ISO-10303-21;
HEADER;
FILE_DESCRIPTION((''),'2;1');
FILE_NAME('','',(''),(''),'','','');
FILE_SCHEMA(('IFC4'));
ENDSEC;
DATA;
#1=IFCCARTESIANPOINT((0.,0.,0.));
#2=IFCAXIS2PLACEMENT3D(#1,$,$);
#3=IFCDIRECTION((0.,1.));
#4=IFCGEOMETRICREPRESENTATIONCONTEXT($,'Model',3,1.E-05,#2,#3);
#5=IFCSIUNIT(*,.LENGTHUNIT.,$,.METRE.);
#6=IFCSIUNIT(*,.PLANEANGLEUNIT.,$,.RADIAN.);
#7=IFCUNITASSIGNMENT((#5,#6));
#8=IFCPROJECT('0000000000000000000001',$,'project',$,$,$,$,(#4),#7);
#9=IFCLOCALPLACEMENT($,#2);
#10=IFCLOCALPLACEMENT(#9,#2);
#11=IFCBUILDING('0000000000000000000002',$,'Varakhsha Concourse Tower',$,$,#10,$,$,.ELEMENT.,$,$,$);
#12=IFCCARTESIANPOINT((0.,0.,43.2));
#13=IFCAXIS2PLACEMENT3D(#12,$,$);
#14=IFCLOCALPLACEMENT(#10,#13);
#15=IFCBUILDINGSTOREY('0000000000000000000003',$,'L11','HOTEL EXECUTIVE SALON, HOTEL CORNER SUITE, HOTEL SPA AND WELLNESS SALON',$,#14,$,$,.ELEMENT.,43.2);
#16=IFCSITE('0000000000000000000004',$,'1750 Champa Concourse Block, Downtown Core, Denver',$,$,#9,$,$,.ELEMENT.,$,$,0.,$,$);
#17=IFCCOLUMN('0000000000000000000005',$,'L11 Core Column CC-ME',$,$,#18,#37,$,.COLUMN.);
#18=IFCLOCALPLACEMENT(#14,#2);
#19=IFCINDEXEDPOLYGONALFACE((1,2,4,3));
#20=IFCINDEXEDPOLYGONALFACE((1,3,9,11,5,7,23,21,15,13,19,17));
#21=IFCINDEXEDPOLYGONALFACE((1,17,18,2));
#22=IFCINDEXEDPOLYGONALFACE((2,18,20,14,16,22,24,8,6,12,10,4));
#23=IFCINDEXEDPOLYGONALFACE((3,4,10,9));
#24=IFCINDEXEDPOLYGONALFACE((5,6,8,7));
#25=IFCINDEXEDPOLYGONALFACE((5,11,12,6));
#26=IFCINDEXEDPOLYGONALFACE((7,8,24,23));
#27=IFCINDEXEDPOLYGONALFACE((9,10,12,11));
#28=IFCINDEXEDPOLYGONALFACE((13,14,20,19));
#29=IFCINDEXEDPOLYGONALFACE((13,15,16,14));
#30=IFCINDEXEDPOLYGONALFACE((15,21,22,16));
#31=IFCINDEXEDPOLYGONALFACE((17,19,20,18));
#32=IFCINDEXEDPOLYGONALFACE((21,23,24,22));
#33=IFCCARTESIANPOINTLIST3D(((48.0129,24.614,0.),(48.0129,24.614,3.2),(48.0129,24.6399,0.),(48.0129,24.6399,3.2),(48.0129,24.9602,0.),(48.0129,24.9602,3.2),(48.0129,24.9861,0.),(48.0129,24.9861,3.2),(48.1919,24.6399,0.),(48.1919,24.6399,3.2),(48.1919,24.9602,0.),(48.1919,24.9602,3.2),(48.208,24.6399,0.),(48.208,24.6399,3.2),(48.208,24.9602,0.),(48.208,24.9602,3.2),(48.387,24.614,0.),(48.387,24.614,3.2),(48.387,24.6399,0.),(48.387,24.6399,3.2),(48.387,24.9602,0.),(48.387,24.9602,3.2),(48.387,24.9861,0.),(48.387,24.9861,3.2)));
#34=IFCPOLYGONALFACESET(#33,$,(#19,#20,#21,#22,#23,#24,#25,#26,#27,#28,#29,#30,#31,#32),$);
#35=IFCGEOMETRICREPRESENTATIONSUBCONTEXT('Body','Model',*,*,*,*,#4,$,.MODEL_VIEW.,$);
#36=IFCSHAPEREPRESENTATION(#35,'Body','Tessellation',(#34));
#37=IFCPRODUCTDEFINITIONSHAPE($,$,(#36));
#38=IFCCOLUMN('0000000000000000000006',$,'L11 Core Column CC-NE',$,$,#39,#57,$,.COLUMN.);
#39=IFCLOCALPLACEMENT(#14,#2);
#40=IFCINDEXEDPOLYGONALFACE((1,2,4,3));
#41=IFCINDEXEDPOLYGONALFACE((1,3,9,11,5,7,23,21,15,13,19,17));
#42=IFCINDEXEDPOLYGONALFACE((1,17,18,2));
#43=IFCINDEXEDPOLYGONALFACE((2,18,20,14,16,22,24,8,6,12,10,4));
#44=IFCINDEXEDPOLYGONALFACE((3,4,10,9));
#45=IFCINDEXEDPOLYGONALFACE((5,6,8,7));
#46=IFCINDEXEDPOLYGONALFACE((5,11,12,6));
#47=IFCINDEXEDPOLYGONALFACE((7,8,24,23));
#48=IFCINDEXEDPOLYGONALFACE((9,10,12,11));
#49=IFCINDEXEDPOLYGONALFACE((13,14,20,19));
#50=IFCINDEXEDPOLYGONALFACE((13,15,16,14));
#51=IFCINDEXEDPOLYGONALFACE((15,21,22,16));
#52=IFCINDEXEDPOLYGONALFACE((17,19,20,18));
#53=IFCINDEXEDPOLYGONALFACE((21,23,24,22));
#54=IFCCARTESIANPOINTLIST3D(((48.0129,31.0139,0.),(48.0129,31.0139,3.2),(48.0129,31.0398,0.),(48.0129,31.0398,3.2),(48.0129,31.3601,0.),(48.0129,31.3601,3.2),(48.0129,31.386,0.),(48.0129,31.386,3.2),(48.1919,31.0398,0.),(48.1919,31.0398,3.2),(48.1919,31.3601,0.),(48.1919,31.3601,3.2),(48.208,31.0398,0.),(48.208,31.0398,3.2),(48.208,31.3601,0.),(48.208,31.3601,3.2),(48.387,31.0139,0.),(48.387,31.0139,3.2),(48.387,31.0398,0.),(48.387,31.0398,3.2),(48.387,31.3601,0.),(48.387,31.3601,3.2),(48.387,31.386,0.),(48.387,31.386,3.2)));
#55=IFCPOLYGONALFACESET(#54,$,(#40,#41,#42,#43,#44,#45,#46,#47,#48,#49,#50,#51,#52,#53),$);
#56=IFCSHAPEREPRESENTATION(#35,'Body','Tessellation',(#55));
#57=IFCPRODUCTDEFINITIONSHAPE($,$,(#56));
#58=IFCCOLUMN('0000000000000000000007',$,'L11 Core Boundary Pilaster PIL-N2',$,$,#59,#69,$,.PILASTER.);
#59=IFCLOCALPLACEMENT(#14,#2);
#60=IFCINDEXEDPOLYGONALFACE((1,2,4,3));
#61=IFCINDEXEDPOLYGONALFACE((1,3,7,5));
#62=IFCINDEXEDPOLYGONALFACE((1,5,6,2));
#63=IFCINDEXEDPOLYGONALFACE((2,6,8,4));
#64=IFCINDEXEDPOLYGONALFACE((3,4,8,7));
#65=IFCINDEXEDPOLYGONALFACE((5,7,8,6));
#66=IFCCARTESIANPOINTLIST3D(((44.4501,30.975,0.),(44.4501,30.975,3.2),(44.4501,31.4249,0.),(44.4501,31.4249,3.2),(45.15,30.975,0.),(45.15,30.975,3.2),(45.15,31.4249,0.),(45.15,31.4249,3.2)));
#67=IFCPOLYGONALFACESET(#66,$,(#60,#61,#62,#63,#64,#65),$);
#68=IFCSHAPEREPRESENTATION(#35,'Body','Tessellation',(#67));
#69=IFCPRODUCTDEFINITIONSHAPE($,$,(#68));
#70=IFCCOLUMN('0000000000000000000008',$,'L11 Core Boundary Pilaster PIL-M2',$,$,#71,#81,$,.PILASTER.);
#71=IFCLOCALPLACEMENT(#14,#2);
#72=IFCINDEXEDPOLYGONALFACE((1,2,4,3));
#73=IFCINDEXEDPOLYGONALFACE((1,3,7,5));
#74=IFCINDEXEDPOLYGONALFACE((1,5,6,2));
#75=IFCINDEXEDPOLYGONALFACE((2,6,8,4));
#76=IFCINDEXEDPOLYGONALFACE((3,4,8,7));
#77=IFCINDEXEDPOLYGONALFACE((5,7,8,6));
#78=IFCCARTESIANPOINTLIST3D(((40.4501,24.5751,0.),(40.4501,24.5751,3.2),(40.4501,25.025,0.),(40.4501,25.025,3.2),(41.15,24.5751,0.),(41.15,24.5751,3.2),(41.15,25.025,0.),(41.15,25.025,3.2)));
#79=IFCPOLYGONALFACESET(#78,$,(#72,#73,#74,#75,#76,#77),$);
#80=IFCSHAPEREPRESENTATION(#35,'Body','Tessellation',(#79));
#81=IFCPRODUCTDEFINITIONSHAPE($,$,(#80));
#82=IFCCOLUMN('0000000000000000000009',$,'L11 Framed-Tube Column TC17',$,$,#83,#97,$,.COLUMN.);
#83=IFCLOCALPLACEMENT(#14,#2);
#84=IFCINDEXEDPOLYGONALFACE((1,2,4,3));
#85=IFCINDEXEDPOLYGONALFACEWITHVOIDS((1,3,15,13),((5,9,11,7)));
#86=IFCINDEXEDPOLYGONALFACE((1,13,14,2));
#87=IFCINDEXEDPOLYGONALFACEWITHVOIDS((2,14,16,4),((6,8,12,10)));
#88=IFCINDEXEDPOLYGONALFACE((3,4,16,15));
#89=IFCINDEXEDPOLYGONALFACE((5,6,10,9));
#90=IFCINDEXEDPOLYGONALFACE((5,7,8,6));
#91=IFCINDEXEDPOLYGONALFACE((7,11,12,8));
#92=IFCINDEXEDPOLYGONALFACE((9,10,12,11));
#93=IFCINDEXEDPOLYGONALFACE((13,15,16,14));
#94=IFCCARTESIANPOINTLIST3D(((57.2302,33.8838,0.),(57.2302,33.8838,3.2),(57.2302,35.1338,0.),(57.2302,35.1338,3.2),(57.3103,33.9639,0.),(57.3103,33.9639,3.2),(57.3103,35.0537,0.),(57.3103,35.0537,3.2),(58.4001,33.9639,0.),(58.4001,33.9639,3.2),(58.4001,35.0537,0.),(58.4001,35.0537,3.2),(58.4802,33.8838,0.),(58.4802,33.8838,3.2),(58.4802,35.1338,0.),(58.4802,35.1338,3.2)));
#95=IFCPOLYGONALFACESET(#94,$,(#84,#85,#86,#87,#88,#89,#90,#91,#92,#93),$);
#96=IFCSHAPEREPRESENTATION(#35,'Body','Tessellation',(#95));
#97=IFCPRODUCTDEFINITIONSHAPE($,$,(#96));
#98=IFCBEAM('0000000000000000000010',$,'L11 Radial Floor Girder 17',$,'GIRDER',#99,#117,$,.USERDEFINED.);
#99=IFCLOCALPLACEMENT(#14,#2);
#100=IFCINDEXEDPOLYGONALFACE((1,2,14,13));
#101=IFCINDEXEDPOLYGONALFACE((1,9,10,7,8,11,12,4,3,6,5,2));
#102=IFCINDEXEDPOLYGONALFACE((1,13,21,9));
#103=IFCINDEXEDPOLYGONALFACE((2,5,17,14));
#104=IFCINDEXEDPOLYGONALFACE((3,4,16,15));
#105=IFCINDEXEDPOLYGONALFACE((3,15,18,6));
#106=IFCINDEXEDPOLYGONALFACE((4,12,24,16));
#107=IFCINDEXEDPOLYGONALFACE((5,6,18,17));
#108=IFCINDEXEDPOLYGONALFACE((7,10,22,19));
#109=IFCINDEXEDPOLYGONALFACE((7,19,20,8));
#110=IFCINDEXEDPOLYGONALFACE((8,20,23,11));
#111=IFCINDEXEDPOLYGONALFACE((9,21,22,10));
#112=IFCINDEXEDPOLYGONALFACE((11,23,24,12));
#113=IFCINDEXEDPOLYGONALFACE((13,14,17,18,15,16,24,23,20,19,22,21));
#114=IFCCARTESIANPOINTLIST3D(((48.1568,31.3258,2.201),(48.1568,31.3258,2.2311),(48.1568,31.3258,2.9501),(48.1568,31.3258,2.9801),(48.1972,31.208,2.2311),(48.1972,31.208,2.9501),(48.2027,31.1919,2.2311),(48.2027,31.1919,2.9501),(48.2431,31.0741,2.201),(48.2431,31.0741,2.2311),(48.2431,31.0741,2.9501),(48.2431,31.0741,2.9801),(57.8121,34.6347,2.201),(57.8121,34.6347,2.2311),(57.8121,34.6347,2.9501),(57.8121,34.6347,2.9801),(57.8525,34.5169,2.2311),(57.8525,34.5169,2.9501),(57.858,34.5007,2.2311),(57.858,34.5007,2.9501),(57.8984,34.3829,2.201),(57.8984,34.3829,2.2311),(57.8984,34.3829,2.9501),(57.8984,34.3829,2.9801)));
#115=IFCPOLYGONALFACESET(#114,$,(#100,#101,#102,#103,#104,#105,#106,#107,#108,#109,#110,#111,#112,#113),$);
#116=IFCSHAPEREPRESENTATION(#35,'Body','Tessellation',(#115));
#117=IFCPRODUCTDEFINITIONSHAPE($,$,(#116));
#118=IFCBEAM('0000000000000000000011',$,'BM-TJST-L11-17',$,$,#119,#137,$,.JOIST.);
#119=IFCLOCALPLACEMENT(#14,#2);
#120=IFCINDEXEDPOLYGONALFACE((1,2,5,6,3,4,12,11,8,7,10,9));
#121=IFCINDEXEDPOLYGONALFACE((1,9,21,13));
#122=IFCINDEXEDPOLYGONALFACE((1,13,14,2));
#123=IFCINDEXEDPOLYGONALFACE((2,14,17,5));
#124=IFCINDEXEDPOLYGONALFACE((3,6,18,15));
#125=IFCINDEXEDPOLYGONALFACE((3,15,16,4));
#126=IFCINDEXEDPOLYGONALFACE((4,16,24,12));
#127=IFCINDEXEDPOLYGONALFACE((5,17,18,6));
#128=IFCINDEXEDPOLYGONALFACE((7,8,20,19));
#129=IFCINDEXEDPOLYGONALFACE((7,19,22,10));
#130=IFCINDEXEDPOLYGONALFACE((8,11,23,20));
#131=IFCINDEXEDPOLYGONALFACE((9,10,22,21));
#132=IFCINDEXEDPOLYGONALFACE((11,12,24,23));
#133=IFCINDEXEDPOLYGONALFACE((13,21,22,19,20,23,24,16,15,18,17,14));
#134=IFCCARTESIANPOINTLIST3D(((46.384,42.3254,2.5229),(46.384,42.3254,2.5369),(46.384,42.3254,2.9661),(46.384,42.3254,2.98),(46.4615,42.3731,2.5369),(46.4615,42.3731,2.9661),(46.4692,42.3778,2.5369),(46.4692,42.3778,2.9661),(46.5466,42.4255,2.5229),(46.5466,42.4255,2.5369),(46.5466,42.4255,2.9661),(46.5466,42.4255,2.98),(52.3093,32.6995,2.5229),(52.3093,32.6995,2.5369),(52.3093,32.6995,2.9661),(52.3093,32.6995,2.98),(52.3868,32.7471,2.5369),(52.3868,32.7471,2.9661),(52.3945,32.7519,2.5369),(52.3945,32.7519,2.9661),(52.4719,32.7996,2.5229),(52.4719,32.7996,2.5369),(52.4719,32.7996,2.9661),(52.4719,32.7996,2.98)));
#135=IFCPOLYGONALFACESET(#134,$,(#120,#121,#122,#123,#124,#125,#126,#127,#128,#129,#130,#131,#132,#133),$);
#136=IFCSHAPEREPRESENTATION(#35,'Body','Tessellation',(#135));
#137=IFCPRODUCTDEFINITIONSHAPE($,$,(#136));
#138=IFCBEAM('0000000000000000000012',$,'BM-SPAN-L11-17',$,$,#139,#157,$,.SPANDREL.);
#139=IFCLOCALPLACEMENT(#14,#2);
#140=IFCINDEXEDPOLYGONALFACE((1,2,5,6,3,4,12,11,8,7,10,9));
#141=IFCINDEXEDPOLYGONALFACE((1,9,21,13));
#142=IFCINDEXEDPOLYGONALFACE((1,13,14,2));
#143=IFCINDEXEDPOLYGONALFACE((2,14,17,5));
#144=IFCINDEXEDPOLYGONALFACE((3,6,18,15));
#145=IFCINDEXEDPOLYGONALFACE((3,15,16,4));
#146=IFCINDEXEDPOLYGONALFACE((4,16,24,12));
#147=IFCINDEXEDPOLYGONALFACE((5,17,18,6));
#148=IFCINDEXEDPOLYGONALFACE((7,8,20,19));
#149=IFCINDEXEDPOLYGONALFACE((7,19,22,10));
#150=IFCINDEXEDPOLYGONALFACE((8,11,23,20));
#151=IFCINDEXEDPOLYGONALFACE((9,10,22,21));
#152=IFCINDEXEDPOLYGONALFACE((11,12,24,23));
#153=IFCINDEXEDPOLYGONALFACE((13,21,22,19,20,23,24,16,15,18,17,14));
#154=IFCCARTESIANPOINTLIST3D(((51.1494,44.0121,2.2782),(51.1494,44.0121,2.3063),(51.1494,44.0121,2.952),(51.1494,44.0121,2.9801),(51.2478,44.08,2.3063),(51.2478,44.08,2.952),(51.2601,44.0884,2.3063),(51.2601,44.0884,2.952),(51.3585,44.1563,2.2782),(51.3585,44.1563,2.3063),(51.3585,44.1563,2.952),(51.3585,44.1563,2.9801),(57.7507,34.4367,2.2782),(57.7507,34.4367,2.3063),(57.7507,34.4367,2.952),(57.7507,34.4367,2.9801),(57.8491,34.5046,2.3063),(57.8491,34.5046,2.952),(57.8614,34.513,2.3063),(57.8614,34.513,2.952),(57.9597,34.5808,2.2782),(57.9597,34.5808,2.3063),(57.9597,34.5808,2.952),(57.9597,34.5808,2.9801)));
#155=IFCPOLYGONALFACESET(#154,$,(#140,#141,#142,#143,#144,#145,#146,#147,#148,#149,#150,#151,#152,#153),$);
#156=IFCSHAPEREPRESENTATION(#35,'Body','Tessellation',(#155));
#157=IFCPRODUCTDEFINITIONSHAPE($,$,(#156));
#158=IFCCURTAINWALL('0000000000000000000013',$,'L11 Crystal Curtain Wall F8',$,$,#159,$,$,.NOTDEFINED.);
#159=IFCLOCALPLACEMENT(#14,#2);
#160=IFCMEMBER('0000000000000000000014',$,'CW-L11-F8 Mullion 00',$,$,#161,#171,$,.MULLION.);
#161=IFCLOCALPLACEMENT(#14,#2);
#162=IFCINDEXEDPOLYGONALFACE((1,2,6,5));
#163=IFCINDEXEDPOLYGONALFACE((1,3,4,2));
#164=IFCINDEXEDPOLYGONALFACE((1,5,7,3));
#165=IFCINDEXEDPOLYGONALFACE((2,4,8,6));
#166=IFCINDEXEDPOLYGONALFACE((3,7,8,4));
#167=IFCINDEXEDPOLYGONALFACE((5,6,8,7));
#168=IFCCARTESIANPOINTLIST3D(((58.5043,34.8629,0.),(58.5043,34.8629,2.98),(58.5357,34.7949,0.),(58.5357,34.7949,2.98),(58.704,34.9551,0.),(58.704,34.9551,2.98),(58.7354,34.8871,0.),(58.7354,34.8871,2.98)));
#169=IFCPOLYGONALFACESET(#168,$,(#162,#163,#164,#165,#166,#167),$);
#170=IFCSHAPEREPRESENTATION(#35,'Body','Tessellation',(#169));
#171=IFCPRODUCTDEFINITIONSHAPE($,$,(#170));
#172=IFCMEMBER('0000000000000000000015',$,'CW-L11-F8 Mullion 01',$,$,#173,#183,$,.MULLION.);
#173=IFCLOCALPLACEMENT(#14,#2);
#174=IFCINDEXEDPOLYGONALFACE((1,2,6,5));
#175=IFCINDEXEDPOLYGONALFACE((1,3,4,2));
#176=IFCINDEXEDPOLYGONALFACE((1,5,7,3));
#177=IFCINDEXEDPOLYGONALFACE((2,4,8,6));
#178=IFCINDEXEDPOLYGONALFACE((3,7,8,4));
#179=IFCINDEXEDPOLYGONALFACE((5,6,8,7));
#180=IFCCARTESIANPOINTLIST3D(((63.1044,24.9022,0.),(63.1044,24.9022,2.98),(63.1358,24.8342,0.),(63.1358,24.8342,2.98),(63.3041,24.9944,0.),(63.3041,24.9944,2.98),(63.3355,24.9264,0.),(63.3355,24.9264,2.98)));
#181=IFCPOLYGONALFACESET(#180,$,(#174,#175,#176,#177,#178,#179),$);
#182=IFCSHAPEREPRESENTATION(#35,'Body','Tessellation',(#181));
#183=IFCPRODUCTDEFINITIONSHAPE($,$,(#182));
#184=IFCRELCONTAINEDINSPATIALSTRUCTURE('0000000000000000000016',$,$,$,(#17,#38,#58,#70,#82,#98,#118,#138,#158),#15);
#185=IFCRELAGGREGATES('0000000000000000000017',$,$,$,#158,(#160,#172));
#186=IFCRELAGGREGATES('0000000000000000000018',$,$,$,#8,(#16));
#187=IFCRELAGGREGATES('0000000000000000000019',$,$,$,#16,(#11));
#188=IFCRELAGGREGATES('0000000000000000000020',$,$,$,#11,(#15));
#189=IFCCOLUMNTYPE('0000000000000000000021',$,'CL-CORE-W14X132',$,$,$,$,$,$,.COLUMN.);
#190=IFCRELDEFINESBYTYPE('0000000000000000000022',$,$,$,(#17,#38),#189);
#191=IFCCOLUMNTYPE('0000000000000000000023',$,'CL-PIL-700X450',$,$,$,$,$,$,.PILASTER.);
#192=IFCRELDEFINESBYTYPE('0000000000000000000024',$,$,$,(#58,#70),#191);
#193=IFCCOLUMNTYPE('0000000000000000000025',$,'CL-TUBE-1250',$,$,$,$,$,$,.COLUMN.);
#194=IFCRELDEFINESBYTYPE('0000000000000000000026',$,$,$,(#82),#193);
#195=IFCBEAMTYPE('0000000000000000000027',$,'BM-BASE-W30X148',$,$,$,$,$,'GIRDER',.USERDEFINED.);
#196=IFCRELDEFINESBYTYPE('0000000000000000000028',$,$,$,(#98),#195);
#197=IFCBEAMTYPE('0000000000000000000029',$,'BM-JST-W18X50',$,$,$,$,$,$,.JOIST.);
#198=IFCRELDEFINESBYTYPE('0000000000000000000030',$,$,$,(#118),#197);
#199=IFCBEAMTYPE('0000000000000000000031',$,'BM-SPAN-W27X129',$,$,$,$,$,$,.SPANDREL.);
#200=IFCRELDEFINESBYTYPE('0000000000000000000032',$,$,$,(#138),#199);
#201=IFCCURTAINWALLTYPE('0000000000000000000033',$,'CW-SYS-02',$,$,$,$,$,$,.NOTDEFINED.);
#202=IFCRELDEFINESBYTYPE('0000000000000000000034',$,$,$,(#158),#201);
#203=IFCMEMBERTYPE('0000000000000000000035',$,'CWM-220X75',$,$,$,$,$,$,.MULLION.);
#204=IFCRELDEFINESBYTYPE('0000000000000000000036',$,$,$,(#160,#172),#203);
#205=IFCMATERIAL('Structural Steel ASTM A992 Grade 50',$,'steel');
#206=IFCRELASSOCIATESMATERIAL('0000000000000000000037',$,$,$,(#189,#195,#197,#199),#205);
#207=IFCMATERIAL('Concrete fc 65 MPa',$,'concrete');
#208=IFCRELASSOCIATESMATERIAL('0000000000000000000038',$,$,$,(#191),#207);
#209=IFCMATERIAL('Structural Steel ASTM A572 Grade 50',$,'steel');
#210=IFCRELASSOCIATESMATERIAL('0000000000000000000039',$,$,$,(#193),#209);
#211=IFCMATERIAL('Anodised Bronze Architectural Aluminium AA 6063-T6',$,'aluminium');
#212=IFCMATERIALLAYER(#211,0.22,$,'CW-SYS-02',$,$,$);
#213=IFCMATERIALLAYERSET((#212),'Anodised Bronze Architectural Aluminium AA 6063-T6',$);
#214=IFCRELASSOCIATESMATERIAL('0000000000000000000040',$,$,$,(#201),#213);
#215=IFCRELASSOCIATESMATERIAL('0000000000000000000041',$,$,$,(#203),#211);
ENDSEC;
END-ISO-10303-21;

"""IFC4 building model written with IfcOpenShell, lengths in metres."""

from ifc_helpers import new_model, si_unit, direction, frame, origin, origin_2d, place, context, subcontext, project, spatial, rectangle, hollow_rectangle, i_section, extrude, source, transform, mapped, material, layer, layer_set, material_profile, profile_set, type_object, type_shapes, element, aggregate, save


model = new_model("IFC4")

# Units and contexts
model_context = context("Model", 3, precision=1e-05, world=origin(), true_north=direction((0.0, 1.0)))
body_context = subcontext(model_context, "Body", "Model", "MODEL_VIEW")
ifc_project = project(units=[si_unit("LENGTHUNIT", "METRE"), si_unit("PLANEANGLEUNIT", "RADIAN")], contexts=[model_context])

# Site, building, storey
site_placement = place(None, origin())
site = spatial("IfcSite", under=ifc_project, at=site_placement, Name="1750 Champa Concourse Block, Downtown Core, Denver", CompositionType="ELEMENT", RefElevation=0.0)
building_placement = place(site_placement, origin())
building = spatial("IfcBuilding", under=site, at=building_placement, Name="Varakhsha Concourse Tower", CompositionType="ELEMENT")
storey_placement = place(building_placement, frame((0.0, 0.0, 43.2)))
storey = spatial("IfcBuildingStorey", under=building, at=storey_placement, Name="L11", Description="HOTEL EXECUTIVE SALON, HOTEL CORNER SUITE, HOTEL SPA AND WELLNESS SALON", CompositionType="ELEMENT", Elevation=43.2)

# Columns
ifc_material_1 = material(Name="Structural Steel ASTM A992 Grade 50", Category="steel")
ifc_material_profile_1 = material_profile(ifc_material_1, i_section(OverallWidth=0.374, OverallDepth=0.3721, WebThickness=0.0161, FlangeThickness=0.0259, at=origin_2d()), Name="W14X132")
ifc_profile_set_1 = profile_set([ifc_material_profile_1], Name="Structural Steel ASTM A992 Grade 50")
column_type_1 = type_object("IfcColumnType", Name="CL-CORE-W14X132", PredefinedType="COLUMN", material=ifc_profile_set_1)
for number, where, z_axis, x_axis, name in (
    (1, (48.2, 24.8, 0.0), (0.0, 0.0, 1.0), (1.0, 0.0, 0.0), "L11 Core Column CC-ME"),
    (2, (48.2, 31.2, 0.0), (0.0, 0.0, 1.0), (1.0, 0.0, 0.0), "L11 Core Column CC-NE"),
):
    element("IfcColumn", number, at=place(storey_placement, frame(where, z_axis=z_axis, x_axis=x_axis)), inside=storey, type_object=column_type_1, Name=name, PredefinedType="COLUMN", context=body_context, shape_type="SweptSolid", body=[
        extrude(i_section(OverallWidth=0.374, OverallDepth=0.3721, WebThickness=0.0161, FlangeThickness=0.0259, at=origin_2d()), origin(), (0.0, 0.0, 1.0), 3.2),
    ])
ifc_material_2 = material(Name="Concrete fc 65 MPa", Category="concrete")
ifc_material_profile_2 = material_profile(ifc_material_2, rectangle(XDim=0.7, YDim=0.45, at=origin_2d()), Name="RC 700x450")
ifc_profile_set_2 = profile_set([ifc_material_profile_2], Name="Concrete fc 65 MPa")
column_type_2 = type_object("IfcColumnType", Name="CL-PIL-700X450", PredefinedType="PILASTER", material=ifc_profile_set_2)
for number, where, z_axis, x_axis, name in (
    (3, (44.8, 31.2, 0.0), (0.0, 0.0, 1.0), (1.0, 0.0, 0.0), "L11 Core Boundary Pilaster PIL-N2"),
    (4, (40.8, 24.8, 0.0), (0.0, 0.0, 1.0), (1.0, 0.0, 0.0), "L11 Core Boundary Pilaster PIL-M2"),
):
    element("IfcColumn", number, at=place(storey_placement, frame(where, z_axis=z_axis, x_axis=x_axis)), inside=storey, type_object=column_type_2, Name=name, PredefinedType="PILASTER", context=body_context, shape_type="SweptSolid", body=[
        extrude(rectangle(XDim=0.7, YDim=0.45, at=origin_2d()), origin(), (0.0, 0.0, 1.0), 3.2),
    ])
ifc_material_3 = material(Name="Structural Steel ASTM A572 Grade 50", Category="steel")
ifc_material_profile_3 = material_profile(ifc_material_3, hollow_rectangle(XDim=1.25, YDim=1.25, WallThickness=0.0801, at=origin_2d()), Name="BOX 1250x1250x80")
ifc_profile_set_3 = profile_set([ifc_material_profile_3], Name="Structural Steel ASTM A572 Grade 50")
column_type_3 = type_object("IfcColumnType", Name="CL-TUBE-1250", PredefinedType="COLUMN", material=ifc_profile_set_3)
column_placement = place(storey_placement, frame((57.8552, 34.5088, 0.0), z_axis=(0.0, 0.0, 1.0), x_axis=(1.0, 0.0, 0.0)))
element("IfcColumn", 5, at=column_placement, inside=storey, type_object=column_type_3, Name="L11 Framed-Tube Column TC17", PredefinedType="COLUMN", context=body_context, shape_type="SweptSolid", body=[
    extrude(hollow_rectangle(XDim=1.25, YDim=1.25, WallThickness=0.0801, at=origin_2d()), origin(), (0.0, 0.0, 1.0), 3.2),
])

# Beams
ifc_material_profile_4 = material_profile(ifc_material_1, i_section(OverallWidth=0.2661, OverallDepth=0.7791, WebThickness=0.0171, FlangeThickness=0.03, at=origin_2d()), Name="W30X148")
ifc_profile_set_4 = profile_set([ifc_material_profile_4], Name="Structural Steel ASTM A992 Grade 50")
beam_type_1 = type_object("IfcBeamType", Name="BM-BASE-W30X148", ElementType="GIRDER", PredefinedType="USERDEFINED", material=ifc_profile_set_4)
beam_1_placement = place(storey_placement, frame((48.2, 31.2, 2.5906), z_axis=(0.945992, 0.324189, 0.0), x_axis=(-0.324189, 0.945992, 0.0)))
element("IfcBeam", 6, at=beam_1_placement, inside=storey, type_object=beam_type_1, Name="L11 Radial Floor Girder 17", ObjectType="GIRDER", PredefinedType="USERDEFINED", context=body_context, shape_type="SweptSolid", body=[
    extrude(i_section(OverallWidth=0.2661, OverallDepth=0.7791, WebThickness=0.0171, FlangeThickness=0.03, at=origin_2d()), origin(), (0.0, 0.0, 1.0), 10.2065),
])
ifc_material_profile_5 = material_profile(ifc_material_1, i_section(OverallWidth=0.1909, OverallDepth=0.457, WebThickness=0.009, FlangeThickness=0.0139, at=origin_2d()), Name="W18X50")
ifc_profile_set_5 = profile_set([ifc_material_profile_5], Name="Structural Steel ASTM A992 Grade 50")
beam_type_2 = type_object("IfcBeamType", Name="BM-JST-W18X50", PredefinedType="JOIST", material=ifc_profile_set_5)
beam_2_placement = place(storey_placement, frame((52.3906, 32.7495, 2.7515), z_axis=(-0.524201, 0.851595, 0.0), x_axis=(-0.851595, -0.524201, 0.0)))
element("IfcBeam", 7, at=beam_2_placement, inside=storey, type_object=beam_type_2, Name="BM-TJST-L11-17", PredefinedType="JOIST", context=body_context, shape_type="SweptSolid", body=[
    extrude(i_section(OverallWidth=0.1909, OverallDepth=0.457, WebThickness=0.009, FlangeThickness=0.0139, at=origin_2d()), origin(), (0.0, 0.0, 1.0), 11.3035),
])
ifc_material_profile_6 = material_profile(ifc_material_1, i_section(OverallWidth=0.2539, OverallDepth=0.7019, WebThickness=0.0149, FlangeThickness=0.0281, at=origin_2d()), Name="W27X129")
ifc_profile_set_6 = profile_set([ifc_material_profile_6], Name="Structural Steel ASTM A992 Grade 50")
beam_type_3 = type_object("IfcBeamType", Name="BM-SPAN-W27X129", PredefinedType="SPANDREL", material=ifc_profile_set_6)
beam_3_placement = place(storey_placement, frame((57.8552, 34.5088, 2.6292), z_axis=(-0.567591, 0.823311, 0.0), x_axis=(-0.823311, -0.567591, 0.0)))
element("IfcBeam", 8, at=beam_3_placement, inside=storey, type_object=beam_type_3, Name="BM-SPAN-L11-17", PredefinedType="SPANDREL", context=body_context, shape_type="SweptSolid", body=[
    extrude(i_section(OverallWidth=0.2539, OverallDepth=0.7019, WebThickness=0.0149, FlangeThickness=0.0281, at=origin_2d()), origin(), (0.0, 0.0, 1.0), 11.6304),
])

# Curtain wall, members
ifc_material_4 = material(Name="Anodised Bronze Architectural Aluminium AA 6063-T6", Category="aluminium")
ifc_layer_1 = layer(ifc_material_4, 0.22, Name="CW-SYS-02")
ifc_layer_set_1 = layer_set([ifc_layer_1], Name="Anodised Bronze Architectural Aluminium AA 6063-T6")
curtain_wall_type = type_object("IfcCurtainWallType", Name="CW-SYS-02", PredefinedType="NOTDEFINED", material=ifc_layer_set_1)
curtain_wall_1_placement = place(storey_placement, origin())
curtain_wall_1 = element("IfcCurtainWall", 9, at=curtain_wall_1_placement, inside=storey, type_object=curtain_wall_type, Name="L11 Crystal Curtain Wall F8", PredefinedType="NOTDEFINED")
ifc_material_profile_7 = material_profile(ifc_material_4, rectangle(XDim=0.075, YDim=0.22, at=origin_2d()), Name="CWM-220X75")
ifc_profile_set_7 = profile_set([ifc_material_profile_7], Name="Anodised Bronze Architectural Aluminium AA 6063-T6")
member_type_1 = type_object("IfcMemberType", Name="CWM-220X75", PredefinedType="MULLION", material=ifc_profile_set_7)
shared_shape_1 = source(origin(), body_context, "Body", "SweptSolid", [
    extrude(rectangle(XDim=0.075, YDim=0.22, at=origin_2d()), origin(), (0.0, 0.0, 1.0), 2.98),
])
type_shapes(member_type_1, [shared_shape_1])
member_1_placement = place(storey_placement, frame((58.6199, 34.875, 0.0), z_axis=(0.0, 0.0, 1.0), x_axis=(0.41927, -0.907862, 0.0)))
member_1 = element("IfcMember", 10, at=member_1_placement, type_object=member_type_1, Name="CW-L11-F8 Mullion 00", PredefinedType="MULLION", context=body_context, shape_type="MappedRepresentation", body=[
    mapped(shared_shape_1, transform((0.0, 0.0, 0.0), scale=1.0)),
])
member_2_placement = place(storey_placement, frame((63.22, 24.9143, 0.0), z_axis=(0.0, 0.0, 1.0), x_axis=(0.41927, -0.907862, 0.0)))
member_2 = element("IfcMember", 11, at=member_2_placement, type_object=member_type_1, Name="CW-L11-F8 Mullion 01", PredefinedType="MULLION", context=body_context, shape_type="MappedRepresentation", body=[
    mapped(shared_shape_1, transform((0.0, 0.0, 0.0), scale=1.0)),
])

aggregate(curtain_wall_1, [member_1, member_2])

save(model, "model.ifc")
